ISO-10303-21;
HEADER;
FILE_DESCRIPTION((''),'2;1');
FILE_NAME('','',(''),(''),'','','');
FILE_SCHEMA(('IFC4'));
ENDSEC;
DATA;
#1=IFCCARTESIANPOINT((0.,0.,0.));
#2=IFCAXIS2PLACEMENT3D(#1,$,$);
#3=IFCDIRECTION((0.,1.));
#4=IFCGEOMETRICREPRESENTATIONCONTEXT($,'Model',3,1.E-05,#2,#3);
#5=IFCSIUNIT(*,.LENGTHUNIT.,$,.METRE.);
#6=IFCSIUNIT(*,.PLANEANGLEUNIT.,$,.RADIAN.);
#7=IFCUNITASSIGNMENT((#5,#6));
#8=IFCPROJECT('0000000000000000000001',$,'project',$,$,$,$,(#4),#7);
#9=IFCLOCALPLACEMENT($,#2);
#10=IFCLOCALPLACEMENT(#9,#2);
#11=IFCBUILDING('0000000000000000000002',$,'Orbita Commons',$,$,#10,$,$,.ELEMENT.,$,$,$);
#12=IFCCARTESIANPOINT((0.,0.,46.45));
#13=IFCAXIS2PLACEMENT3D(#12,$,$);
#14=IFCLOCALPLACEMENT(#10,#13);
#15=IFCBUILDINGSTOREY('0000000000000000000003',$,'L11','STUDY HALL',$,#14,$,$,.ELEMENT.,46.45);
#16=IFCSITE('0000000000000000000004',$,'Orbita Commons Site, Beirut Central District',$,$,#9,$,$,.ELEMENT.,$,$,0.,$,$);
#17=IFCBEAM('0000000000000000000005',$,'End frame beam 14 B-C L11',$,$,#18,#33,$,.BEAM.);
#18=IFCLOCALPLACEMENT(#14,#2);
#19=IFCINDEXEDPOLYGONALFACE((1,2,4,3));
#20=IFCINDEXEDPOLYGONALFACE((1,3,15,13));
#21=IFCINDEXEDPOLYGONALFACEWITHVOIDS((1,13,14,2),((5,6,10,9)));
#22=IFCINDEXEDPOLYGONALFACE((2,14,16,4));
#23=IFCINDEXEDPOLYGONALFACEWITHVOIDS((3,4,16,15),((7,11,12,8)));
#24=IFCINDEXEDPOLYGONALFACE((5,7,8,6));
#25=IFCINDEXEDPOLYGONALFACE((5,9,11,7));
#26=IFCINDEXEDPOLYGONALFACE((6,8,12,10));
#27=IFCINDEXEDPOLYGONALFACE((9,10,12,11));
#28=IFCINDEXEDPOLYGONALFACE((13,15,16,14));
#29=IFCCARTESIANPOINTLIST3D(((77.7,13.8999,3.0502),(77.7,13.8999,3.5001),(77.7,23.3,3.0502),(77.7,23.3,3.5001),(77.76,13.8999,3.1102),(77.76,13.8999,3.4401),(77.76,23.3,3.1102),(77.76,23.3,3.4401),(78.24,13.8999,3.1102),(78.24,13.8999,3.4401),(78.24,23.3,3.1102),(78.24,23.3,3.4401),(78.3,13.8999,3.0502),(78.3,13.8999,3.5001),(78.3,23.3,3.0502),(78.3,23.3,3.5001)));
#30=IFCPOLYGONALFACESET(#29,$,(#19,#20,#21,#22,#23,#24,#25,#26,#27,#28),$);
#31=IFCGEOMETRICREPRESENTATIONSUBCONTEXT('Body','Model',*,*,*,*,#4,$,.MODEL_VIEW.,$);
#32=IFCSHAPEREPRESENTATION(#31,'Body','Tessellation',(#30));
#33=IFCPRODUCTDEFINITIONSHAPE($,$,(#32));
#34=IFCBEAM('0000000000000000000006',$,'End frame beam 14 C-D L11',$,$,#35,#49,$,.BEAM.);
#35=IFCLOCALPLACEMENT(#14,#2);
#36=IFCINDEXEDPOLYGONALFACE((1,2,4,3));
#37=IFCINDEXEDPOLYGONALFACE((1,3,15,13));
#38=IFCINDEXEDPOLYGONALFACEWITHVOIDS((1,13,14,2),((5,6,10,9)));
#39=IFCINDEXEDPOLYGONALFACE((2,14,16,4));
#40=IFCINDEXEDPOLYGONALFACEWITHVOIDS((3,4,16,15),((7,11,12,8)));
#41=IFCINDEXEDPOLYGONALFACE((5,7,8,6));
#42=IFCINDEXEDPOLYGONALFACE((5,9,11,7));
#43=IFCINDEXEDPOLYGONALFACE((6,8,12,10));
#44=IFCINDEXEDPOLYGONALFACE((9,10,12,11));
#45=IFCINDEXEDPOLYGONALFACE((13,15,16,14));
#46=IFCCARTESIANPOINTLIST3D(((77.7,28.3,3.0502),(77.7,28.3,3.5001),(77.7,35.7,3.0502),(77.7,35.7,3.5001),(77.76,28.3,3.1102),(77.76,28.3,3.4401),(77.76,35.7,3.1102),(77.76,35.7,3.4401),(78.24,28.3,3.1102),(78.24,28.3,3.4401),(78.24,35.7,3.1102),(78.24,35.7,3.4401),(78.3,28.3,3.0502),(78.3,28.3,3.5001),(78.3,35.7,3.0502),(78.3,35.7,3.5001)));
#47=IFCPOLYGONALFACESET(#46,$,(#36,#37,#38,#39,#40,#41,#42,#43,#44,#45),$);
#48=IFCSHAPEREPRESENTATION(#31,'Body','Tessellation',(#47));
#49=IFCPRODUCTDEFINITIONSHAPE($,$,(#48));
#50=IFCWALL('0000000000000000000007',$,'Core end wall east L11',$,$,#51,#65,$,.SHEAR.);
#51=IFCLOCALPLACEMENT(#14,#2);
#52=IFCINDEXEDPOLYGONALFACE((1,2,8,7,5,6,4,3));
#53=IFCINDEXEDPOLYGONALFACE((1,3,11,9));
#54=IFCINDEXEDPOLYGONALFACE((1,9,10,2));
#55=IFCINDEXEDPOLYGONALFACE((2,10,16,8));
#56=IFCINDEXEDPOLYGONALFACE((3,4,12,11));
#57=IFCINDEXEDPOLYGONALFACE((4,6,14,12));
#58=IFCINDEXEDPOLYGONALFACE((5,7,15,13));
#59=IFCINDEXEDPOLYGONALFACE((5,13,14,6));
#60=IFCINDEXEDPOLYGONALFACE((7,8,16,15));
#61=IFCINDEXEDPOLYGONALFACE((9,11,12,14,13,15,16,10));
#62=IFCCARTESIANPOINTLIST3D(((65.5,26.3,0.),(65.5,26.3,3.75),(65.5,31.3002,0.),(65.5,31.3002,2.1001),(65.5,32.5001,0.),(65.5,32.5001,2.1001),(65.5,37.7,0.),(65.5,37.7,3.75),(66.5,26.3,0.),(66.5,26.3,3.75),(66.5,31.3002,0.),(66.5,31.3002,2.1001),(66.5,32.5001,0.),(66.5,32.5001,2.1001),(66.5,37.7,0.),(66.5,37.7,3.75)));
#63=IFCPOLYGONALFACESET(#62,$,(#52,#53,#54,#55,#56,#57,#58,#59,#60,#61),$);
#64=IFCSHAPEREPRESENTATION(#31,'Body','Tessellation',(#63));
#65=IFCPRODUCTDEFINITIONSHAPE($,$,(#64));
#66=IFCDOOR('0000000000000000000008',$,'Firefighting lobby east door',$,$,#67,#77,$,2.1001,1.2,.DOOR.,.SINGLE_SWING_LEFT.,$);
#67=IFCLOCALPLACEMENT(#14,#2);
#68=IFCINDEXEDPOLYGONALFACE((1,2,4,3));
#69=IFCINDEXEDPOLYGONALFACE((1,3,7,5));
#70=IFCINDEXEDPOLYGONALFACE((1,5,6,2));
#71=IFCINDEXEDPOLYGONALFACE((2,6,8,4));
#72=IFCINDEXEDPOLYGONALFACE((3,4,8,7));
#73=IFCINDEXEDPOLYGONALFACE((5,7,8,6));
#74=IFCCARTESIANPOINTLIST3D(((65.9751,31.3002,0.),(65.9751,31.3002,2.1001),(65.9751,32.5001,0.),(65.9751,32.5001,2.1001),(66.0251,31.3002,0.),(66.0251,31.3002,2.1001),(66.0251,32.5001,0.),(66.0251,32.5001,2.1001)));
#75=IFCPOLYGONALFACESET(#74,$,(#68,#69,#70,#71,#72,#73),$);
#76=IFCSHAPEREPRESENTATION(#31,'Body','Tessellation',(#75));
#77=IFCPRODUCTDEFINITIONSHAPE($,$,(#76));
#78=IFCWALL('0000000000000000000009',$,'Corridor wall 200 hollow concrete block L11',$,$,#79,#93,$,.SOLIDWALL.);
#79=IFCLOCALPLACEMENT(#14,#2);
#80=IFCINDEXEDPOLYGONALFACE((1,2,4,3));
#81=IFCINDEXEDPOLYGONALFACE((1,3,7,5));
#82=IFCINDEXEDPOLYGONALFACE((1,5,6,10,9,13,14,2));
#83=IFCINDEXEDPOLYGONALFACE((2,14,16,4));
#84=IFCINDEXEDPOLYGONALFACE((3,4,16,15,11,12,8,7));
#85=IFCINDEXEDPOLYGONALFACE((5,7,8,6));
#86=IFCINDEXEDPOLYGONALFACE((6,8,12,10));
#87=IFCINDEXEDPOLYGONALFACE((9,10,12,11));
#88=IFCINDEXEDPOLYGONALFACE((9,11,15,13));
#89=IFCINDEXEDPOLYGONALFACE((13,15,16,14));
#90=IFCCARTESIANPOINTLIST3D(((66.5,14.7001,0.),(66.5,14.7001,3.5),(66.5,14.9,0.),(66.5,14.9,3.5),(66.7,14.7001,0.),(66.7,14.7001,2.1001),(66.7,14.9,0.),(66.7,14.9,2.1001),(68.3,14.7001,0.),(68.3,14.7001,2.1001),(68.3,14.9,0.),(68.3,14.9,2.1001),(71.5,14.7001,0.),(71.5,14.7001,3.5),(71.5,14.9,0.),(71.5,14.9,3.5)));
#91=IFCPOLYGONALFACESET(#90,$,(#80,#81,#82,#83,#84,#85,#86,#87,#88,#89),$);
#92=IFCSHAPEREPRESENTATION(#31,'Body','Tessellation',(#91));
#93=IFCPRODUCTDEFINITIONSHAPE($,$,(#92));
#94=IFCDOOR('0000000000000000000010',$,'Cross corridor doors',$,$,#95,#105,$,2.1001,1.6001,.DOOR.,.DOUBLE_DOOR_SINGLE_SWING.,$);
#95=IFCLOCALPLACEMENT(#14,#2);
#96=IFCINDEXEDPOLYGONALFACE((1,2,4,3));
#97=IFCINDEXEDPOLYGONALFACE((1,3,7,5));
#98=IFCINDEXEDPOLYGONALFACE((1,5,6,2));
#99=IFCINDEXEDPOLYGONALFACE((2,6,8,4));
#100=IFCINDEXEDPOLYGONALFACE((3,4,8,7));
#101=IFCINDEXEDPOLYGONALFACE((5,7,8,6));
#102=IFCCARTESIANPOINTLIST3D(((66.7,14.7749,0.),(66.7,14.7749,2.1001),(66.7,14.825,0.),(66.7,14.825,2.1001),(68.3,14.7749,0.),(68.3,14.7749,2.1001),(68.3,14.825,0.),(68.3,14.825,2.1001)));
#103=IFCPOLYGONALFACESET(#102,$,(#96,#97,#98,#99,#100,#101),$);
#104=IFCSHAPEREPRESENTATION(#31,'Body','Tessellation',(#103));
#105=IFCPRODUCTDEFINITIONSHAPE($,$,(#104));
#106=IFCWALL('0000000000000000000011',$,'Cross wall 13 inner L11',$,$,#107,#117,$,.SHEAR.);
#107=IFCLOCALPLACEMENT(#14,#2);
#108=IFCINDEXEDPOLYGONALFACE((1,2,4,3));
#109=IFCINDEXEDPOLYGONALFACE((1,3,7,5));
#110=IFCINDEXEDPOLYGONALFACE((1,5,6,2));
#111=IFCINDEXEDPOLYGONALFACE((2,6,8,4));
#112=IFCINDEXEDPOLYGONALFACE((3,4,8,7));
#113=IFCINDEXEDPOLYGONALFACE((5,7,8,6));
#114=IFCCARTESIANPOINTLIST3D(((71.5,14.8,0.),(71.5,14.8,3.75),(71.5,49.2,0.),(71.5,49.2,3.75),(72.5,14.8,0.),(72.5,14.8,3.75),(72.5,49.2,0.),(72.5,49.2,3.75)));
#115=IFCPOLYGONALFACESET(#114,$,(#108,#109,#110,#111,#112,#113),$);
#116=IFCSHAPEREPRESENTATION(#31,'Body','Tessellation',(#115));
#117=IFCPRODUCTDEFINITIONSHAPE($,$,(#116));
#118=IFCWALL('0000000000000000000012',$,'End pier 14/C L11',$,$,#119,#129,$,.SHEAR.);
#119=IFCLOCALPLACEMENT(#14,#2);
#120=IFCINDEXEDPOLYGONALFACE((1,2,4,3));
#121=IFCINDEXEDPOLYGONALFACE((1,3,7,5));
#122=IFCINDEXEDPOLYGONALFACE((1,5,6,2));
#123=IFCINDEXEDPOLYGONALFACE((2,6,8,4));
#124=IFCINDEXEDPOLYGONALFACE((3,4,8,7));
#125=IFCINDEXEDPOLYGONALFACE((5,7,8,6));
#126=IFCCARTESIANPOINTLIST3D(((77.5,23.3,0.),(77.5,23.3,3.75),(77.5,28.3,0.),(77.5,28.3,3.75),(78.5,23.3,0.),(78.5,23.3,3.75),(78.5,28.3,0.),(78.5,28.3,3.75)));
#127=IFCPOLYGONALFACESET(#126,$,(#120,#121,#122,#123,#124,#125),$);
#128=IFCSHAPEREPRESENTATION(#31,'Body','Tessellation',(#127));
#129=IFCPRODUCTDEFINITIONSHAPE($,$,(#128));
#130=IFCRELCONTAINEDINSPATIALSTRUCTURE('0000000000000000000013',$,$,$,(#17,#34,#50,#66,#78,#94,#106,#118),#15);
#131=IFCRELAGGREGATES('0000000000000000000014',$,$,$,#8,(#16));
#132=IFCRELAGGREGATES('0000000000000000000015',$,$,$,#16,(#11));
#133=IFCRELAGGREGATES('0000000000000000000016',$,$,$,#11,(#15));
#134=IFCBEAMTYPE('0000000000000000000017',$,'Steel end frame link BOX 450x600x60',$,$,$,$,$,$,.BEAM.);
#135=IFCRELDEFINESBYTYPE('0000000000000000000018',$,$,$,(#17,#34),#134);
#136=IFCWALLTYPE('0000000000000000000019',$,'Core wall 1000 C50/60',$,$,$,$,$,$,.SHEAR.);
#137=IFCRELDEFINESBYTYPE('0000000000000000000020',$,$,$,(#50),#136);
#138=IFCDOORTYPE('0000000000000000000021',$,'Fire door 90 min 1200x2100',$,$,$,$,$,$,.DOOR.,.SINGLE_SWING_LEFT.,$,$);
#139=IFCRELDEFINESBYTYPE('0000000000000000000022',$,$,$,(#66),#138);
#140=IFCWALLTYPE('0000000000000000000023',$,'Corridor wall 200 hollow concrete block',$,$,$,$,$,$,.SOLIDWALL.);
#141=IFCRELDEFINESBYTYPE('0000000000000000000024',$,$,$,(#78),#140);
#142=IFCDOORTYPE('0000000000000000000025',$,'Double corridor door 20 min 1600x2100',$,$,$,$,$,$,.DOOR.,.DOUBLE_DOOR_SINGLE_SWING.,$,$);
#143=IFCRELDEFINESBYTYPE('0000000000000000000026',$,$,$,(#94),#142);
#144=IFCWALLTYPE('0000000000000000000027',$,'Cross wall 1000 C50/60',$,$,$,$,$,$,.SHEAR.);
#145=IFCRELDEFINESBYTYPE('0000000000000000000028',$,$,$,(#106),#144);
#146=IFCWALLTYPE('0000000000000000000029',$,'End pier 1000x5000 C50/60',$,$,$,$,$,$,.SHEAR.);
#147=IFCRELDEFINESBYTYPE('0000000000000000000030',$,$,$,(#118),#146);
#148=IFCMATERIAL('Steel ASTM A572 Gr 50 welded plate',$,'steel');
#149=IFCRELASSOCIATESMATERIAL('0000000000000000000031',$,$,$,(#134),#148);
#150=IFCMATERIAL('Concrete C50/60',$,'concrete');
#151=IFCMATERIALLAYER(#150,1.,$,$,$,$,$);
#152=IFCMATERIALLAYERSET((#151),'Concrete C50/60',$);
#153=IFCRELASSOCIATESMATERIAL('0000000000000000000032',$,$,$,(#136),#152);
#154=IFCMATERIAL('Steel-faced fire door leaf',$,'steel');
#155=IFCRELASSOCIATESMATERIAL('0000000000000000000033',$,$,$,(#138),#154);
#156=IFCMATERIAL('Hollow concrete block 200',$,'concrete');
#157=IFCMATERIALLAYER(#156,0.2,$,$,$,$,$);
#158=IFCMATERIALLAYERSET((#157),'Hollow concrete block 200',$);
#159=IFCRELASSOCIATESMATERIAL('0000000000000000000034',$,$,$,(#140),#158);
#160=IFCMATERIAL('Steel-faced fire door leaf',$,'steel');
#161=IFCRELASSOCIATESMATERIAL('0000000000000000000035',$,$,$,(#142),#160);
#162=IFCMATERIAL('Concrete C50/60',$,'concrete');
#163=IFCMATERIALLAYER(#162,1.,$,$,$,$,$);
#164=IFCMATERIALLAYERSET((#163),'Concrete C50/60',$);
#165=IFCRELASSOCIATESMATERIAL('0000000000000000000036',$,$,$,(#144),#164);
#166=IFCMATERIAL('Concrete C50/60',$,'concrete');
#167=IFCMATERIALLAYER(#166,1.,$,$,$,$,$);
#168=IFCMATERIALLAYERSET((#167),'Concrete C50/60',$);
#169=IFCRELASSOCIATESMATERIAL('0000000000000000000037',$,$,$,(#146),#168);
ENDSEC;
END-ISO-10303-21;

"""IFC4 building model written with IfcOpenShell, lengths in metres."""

from ifc_helpers import new_model, si_unit, direction, frame, frame_2d, origin, origin_2d, place, context, subcontext, project, spatial, rectangle, hollow_rectangle, extrude, material, layer, layer_set, material_profile, profile_set, type_object, element, fill, save


model = new_model("IFC4")

# Units and contexts
model_context = context("Model", 3, precision=1e-05, world=origin(), true_north=direction((0.0, 1.0)))
body_context = subcontext(model_context, "Body", "Model", "MODEL_VIEW")
ifc_project = project(units=[si_unit("LENGTHUNIT", "METRE"), si_unit("PLANEANGLEUNIT", "RADIAN")], contexts=[model_context])

# Site, building, storey
site_placement = place(None, origin())
site = spatial("IfcSite", under=ifc_project, at=site_placement, Name="Orbita Commons Site, Beirut Central District", CompositionType="ELEMENT", RefElevation=0.0)
building_placement = place(site_placement, origin())
building = spatial("IfcBuilding", under=site, at=building_placement, Name="Orbita Commons", CompositionType="ELEMENT")
storey_placement = place(building_placement, frame((0.0, 0.0, 46.45)))
storey = spatial("IfcBuildingStorey", under=building, at=storey_placement, Name="L11", Description="STUDY HALL", CompositionType="ELEMENT", Elevation=46.45)

# Beams
ifc_material_1 = material(Name="Steel ASTM A572 Gr 50 welded plate", Category="steel")
ifc_material_profile = material_profile(ifc_material_1, hollow_rectangle(XDim=0.6001, YDim=0.45, WallThickness=0.0601, at=origin_2d()), Name="BOX 450x600x60")
ifc_profile_set = profile_set([ifc_material_profile], Name="Steel ASTM A572 Gr 50 welded plate")
beam_type = type_object("IfcBeamType", Name="Steel end frame link BOX 450x600x60", PredefinedType="BEAM", material=ifc_profile_set)
beam_1_placement = place(storey_placement, frame((78.0, 13.8999, 3.2751), z_axis=(0.0, 1.0, 0.0), x_axis=(-1.0, 0.0, 0.0)))
element("IfcBeam", 1, at=beam_1_placement, inside=storey, type_object=beam_type, Name="End frame beam 14 B-C L11", PredefinedType="BEAM", context=body_context, shape_type="SweptSolid", body=[
    extrude(hollow_rectangle(XDim=0.6001, YDim=0.45, WallThickness=0.0601, at=origin_2d()), origin(), (0.0, 0.0, 1.0), 9.4001),
])
beam_2_placement = place(storey_placement, frame((78.0, 28.3, 3.2751), z_axis=(0.0, 1.0, 0.0), x_axis=(-1.0, 0.0, 0.0)))
element("IfcBeam", 2, at=beam_2_placement, inside=storey, type_object=beam_type, Name="End frame beam 14 C-D L11", PredefinedType="BEAM", context=body_context, shape_type="SweptSolid", body=[
    extrude(hollow_rectangle(XDim=0.6001, YDim=0.45, WallThickness=0.0601, at=origin_2d()), origin(), (0.0, 0.0, 1.0), 7.3999),
])

# Walls, openings, doors
ifc_material_2 = material(Name="Concrete C50/60", Category="concrete")
ifc_layer_1 = layer(ifc_material_2, 1.0)
ifc_layer_set_1 = layer_set([ifc_layer_1], Name="Concrete C50/60")
wall_type_1 = type_object("IfcWallType", Name="Core wall 1000 C50/60", PredefinedType="SHEAR", material=ifc_layer_set_1)
wall_1_placement = place(storey_placement, frame((66.0, 26.3, 0.0), z_axis=(0.0, 0.0, 1.0), x_axis=(0.0, 1.0, 0.0)))
wall_1 = element("IfcWall", 3, at=wall_1_placement, inside=storey, type_object=wall_type_1, Name="Core end wall east L11", PredefinedType="SHEAR", context=body_context, shape_type="SweptSolid", body=[
    extrude(rectangle(XDim=11.3999, YDim=1.0, at=frame_2d((5.7, 0.0))), origin(), (0.0, 0.0, 1.0), 3.75),
])
opening_1_placement = place(wall_1_placement, frame((5.0, 0.0, 0.0)))
opening_1 = element("IfcOpeningElement", 4, at=opening_1_placement, cuts=wall_1, PredefinedType="OPENING", context=body_context, shape_type="SweptSolid", body=[
    extrude(rectangle(XDim=1.2, YDim=2.1001, at=frame_2d((0.6001, 1.05))), frame((0.0, 0.51, 0.0), z_axis=(0.0, -1.0, 0.0), x_axis=(1.0, 0.0, 0.0)), (0.0, 0.0, 1.0), 1.02),
])
ifc_material_3 = material(Name="Steel-faced fire door leaf", Category="steel")
door_type_1 = type_object("IfcDoorType", Name="Fire door 90 min 1200x2100", OperationType="SINGLE_SWING_LEFT", PredefinedType="DOOR", material=ifc_material_3)
door_1_placement = place(opening_1_placement, origin())
door_1 = element("IfcDoor", 5, at=door_1_placement, inside=storey, type_object=door_type_1, Name="Firefighting lobby east door", OperationType="SINGLE_SWING_LEFT", OverallHeight=2.1001, OverallWidth=1.2, PredefinedType="DOOR", context=body_context, shape_type="SweptSolid", body=[
    extrude(rectangle(XDim=1.2, YDim=2.1001, at=frame_2d((0.6001, 1.05))), frame((0.0, 0.0249, 0.0), z_axis=(0.0, -1.0, 0.0), x_axis=(1.0, 0.0, 0.0)), (0.0, 0.0, 1.0), 0.05),
])
fill(opening_1, door_1)
ifc_material_4 = material(Name="Hollow concrete block 200", Category="concrete")
ifc_layer_2 = layer(ifc_material_4, 0.2)
ifc_layer_set_2 = layer_set([ifc_layer_2], Name="Hollow concrete block 200")
wall_type_2 = type_object("IfcWallType", Name="Corridor wall 200 hollow concrete block", PredefinedType="SOLIDWALL", material=ifc_layer_set_2)
wall_2_placement = place(storey_placement, frame((66.5, 14.8, 0.0), z_axis=(0.0, 0.0, 1.0), x_axis=(1.0, 0.0, 0.0)))
wall_2 = element("IfcWall", 6, at=wall_2_placement, inside=storey, type_object=wall_type_2, Name="Corridor wall 200 hollow concrete block L11", PredefinedType="SOLIDWALL", context=body_context, shape_type="SweptSolid", body=[
    extrude(rectangle(XDim=5.0, YDim=0.2, at=frame_2d((2.5, 0.0))), origin(), (0.0, 0.0, 1.0), 3.5),
])
opening_2_placement = place(wall_2_placement, frame((0.2, 0.0, 0.0)))
opening_2 = element("IfcOpeningElement", 7, at=opening_2_placement, cuts=wall_2, PredefinedType="OPENING", context=body_context, shape_type="SweptSolid", body=[
    extrude(rectangle(XDim=1.6001, YDim=2.1001, at=frame_2d((0.8, 1.05))), frame((0.0, 0.1099, 0.0), z_axis=(0.0, -1.0, 0.0), x_axis=(1.0, 0.0, 0.0)), (0.0, 0.0, 1.0), 0.22),
])
ifc_material_5 = material(Name="Steel-faced fire door leaf", Category="steel")
door_type_2 = type_object("IfcDoorType", Name="Double corridor door 20 min 1600x2100", OperationType="DOUBLE_DOOR_SINGLE_SWING", PredefinedType="DOOR", material=ifc_material_5)
door_2_placement = place(opening_2_placement, origin())
door_2 = element("IfcDoor", 8, at=door_2_placement, inside=storey, type_object=door_type_2, Name="Cross corridor doors", OperationType="DOUBLE_DOOR_SINGLE_SWING", OverallHeight=2.1001, OverallWidth=1.6001, PredefinedType="DOOR", context=body_context, shape_type="SweptSolid", body=[
    extrude(rectangle(XDim=1.6001, YDim=2.1001, at=frame_2d((0.8, 1.05))), frame((0.0, 0.0249, 0.0), z_axis=(0.0, -1.0, 0.0), x_axis=(1.0, 0.0, 0.0)), (0.0, 0.0, 1.0), 0.05),
])
fill(opening_2, door_2)

# Walls
ifc_material_6 = material(Name="Concrete C50/60", Category="concrete")
ifc_layer_3 = layer(ifc_material_6, 1.0)
ifc_layer_set_3 = layer_set([ifc_layer_3], Name="Concrete C50/60")
wall_type_3 = type_object("IfcWallType", Name="Cross wall 1000 C50/60", PredefinedType="SHEAR", material=ifc_layer_set_3)
wall_3_placement = place(storey_placement, frame((72.0, 14.8, 0.0), z_axis=(0.0, 0.0, 1.0), x_axis=(0.0, 1.0, 0.0)))
element("IfcWall", 9, at=wall_3_placement, inside=storey, type_object=wall_type_3, Name="Cross wall 13 inner L11", PredefinedType="SHEAR", context=body_context, shape_type="SweptSolid", body=[
    extrude(rectangle(XDim=34.3999, YDim=1.0, at=frame_2d((17.2, 0.0))), origin(), (0.0, 0.0, 1.0), 3.75),
])
ifc_material_7 = material(Name="Concrete C50/60", Category="concrete")
ifc_layer_4 = layer(ifc_material_7, 1.0)
ifc_layer_set_4 = layer_set([ifc_layer_4], Name="Concrete C50/60")
wall_type_4 = type_object("IfcWallType", Name="End pier 1000x5000 C50/60", PredefinedType="SHEAR", material=ifc_layer_set_4)
wall_4_placement = place(storey_placement, frame((78.0, 23.3, 0.0), z_axis=(0.0, 0.0, 1.0), x_axis=(0.0, 1.0, 0.0)))
element("IfcWall", 10, at=wall_4_placement, inside=storey, type_object=wall_type_4, Name="End pier 14/C L11", PredefinedType="SHEAR", context=body_context, shape_type="SweptSolid", body=[
    extrude(rectangle(XDim=5.0, YDim=1.0, at=frame_2d((2.5, 0.0))), origin(), (0.0, 0.0, 1.0), 3.75),
])

save(model, "model.ifc")
